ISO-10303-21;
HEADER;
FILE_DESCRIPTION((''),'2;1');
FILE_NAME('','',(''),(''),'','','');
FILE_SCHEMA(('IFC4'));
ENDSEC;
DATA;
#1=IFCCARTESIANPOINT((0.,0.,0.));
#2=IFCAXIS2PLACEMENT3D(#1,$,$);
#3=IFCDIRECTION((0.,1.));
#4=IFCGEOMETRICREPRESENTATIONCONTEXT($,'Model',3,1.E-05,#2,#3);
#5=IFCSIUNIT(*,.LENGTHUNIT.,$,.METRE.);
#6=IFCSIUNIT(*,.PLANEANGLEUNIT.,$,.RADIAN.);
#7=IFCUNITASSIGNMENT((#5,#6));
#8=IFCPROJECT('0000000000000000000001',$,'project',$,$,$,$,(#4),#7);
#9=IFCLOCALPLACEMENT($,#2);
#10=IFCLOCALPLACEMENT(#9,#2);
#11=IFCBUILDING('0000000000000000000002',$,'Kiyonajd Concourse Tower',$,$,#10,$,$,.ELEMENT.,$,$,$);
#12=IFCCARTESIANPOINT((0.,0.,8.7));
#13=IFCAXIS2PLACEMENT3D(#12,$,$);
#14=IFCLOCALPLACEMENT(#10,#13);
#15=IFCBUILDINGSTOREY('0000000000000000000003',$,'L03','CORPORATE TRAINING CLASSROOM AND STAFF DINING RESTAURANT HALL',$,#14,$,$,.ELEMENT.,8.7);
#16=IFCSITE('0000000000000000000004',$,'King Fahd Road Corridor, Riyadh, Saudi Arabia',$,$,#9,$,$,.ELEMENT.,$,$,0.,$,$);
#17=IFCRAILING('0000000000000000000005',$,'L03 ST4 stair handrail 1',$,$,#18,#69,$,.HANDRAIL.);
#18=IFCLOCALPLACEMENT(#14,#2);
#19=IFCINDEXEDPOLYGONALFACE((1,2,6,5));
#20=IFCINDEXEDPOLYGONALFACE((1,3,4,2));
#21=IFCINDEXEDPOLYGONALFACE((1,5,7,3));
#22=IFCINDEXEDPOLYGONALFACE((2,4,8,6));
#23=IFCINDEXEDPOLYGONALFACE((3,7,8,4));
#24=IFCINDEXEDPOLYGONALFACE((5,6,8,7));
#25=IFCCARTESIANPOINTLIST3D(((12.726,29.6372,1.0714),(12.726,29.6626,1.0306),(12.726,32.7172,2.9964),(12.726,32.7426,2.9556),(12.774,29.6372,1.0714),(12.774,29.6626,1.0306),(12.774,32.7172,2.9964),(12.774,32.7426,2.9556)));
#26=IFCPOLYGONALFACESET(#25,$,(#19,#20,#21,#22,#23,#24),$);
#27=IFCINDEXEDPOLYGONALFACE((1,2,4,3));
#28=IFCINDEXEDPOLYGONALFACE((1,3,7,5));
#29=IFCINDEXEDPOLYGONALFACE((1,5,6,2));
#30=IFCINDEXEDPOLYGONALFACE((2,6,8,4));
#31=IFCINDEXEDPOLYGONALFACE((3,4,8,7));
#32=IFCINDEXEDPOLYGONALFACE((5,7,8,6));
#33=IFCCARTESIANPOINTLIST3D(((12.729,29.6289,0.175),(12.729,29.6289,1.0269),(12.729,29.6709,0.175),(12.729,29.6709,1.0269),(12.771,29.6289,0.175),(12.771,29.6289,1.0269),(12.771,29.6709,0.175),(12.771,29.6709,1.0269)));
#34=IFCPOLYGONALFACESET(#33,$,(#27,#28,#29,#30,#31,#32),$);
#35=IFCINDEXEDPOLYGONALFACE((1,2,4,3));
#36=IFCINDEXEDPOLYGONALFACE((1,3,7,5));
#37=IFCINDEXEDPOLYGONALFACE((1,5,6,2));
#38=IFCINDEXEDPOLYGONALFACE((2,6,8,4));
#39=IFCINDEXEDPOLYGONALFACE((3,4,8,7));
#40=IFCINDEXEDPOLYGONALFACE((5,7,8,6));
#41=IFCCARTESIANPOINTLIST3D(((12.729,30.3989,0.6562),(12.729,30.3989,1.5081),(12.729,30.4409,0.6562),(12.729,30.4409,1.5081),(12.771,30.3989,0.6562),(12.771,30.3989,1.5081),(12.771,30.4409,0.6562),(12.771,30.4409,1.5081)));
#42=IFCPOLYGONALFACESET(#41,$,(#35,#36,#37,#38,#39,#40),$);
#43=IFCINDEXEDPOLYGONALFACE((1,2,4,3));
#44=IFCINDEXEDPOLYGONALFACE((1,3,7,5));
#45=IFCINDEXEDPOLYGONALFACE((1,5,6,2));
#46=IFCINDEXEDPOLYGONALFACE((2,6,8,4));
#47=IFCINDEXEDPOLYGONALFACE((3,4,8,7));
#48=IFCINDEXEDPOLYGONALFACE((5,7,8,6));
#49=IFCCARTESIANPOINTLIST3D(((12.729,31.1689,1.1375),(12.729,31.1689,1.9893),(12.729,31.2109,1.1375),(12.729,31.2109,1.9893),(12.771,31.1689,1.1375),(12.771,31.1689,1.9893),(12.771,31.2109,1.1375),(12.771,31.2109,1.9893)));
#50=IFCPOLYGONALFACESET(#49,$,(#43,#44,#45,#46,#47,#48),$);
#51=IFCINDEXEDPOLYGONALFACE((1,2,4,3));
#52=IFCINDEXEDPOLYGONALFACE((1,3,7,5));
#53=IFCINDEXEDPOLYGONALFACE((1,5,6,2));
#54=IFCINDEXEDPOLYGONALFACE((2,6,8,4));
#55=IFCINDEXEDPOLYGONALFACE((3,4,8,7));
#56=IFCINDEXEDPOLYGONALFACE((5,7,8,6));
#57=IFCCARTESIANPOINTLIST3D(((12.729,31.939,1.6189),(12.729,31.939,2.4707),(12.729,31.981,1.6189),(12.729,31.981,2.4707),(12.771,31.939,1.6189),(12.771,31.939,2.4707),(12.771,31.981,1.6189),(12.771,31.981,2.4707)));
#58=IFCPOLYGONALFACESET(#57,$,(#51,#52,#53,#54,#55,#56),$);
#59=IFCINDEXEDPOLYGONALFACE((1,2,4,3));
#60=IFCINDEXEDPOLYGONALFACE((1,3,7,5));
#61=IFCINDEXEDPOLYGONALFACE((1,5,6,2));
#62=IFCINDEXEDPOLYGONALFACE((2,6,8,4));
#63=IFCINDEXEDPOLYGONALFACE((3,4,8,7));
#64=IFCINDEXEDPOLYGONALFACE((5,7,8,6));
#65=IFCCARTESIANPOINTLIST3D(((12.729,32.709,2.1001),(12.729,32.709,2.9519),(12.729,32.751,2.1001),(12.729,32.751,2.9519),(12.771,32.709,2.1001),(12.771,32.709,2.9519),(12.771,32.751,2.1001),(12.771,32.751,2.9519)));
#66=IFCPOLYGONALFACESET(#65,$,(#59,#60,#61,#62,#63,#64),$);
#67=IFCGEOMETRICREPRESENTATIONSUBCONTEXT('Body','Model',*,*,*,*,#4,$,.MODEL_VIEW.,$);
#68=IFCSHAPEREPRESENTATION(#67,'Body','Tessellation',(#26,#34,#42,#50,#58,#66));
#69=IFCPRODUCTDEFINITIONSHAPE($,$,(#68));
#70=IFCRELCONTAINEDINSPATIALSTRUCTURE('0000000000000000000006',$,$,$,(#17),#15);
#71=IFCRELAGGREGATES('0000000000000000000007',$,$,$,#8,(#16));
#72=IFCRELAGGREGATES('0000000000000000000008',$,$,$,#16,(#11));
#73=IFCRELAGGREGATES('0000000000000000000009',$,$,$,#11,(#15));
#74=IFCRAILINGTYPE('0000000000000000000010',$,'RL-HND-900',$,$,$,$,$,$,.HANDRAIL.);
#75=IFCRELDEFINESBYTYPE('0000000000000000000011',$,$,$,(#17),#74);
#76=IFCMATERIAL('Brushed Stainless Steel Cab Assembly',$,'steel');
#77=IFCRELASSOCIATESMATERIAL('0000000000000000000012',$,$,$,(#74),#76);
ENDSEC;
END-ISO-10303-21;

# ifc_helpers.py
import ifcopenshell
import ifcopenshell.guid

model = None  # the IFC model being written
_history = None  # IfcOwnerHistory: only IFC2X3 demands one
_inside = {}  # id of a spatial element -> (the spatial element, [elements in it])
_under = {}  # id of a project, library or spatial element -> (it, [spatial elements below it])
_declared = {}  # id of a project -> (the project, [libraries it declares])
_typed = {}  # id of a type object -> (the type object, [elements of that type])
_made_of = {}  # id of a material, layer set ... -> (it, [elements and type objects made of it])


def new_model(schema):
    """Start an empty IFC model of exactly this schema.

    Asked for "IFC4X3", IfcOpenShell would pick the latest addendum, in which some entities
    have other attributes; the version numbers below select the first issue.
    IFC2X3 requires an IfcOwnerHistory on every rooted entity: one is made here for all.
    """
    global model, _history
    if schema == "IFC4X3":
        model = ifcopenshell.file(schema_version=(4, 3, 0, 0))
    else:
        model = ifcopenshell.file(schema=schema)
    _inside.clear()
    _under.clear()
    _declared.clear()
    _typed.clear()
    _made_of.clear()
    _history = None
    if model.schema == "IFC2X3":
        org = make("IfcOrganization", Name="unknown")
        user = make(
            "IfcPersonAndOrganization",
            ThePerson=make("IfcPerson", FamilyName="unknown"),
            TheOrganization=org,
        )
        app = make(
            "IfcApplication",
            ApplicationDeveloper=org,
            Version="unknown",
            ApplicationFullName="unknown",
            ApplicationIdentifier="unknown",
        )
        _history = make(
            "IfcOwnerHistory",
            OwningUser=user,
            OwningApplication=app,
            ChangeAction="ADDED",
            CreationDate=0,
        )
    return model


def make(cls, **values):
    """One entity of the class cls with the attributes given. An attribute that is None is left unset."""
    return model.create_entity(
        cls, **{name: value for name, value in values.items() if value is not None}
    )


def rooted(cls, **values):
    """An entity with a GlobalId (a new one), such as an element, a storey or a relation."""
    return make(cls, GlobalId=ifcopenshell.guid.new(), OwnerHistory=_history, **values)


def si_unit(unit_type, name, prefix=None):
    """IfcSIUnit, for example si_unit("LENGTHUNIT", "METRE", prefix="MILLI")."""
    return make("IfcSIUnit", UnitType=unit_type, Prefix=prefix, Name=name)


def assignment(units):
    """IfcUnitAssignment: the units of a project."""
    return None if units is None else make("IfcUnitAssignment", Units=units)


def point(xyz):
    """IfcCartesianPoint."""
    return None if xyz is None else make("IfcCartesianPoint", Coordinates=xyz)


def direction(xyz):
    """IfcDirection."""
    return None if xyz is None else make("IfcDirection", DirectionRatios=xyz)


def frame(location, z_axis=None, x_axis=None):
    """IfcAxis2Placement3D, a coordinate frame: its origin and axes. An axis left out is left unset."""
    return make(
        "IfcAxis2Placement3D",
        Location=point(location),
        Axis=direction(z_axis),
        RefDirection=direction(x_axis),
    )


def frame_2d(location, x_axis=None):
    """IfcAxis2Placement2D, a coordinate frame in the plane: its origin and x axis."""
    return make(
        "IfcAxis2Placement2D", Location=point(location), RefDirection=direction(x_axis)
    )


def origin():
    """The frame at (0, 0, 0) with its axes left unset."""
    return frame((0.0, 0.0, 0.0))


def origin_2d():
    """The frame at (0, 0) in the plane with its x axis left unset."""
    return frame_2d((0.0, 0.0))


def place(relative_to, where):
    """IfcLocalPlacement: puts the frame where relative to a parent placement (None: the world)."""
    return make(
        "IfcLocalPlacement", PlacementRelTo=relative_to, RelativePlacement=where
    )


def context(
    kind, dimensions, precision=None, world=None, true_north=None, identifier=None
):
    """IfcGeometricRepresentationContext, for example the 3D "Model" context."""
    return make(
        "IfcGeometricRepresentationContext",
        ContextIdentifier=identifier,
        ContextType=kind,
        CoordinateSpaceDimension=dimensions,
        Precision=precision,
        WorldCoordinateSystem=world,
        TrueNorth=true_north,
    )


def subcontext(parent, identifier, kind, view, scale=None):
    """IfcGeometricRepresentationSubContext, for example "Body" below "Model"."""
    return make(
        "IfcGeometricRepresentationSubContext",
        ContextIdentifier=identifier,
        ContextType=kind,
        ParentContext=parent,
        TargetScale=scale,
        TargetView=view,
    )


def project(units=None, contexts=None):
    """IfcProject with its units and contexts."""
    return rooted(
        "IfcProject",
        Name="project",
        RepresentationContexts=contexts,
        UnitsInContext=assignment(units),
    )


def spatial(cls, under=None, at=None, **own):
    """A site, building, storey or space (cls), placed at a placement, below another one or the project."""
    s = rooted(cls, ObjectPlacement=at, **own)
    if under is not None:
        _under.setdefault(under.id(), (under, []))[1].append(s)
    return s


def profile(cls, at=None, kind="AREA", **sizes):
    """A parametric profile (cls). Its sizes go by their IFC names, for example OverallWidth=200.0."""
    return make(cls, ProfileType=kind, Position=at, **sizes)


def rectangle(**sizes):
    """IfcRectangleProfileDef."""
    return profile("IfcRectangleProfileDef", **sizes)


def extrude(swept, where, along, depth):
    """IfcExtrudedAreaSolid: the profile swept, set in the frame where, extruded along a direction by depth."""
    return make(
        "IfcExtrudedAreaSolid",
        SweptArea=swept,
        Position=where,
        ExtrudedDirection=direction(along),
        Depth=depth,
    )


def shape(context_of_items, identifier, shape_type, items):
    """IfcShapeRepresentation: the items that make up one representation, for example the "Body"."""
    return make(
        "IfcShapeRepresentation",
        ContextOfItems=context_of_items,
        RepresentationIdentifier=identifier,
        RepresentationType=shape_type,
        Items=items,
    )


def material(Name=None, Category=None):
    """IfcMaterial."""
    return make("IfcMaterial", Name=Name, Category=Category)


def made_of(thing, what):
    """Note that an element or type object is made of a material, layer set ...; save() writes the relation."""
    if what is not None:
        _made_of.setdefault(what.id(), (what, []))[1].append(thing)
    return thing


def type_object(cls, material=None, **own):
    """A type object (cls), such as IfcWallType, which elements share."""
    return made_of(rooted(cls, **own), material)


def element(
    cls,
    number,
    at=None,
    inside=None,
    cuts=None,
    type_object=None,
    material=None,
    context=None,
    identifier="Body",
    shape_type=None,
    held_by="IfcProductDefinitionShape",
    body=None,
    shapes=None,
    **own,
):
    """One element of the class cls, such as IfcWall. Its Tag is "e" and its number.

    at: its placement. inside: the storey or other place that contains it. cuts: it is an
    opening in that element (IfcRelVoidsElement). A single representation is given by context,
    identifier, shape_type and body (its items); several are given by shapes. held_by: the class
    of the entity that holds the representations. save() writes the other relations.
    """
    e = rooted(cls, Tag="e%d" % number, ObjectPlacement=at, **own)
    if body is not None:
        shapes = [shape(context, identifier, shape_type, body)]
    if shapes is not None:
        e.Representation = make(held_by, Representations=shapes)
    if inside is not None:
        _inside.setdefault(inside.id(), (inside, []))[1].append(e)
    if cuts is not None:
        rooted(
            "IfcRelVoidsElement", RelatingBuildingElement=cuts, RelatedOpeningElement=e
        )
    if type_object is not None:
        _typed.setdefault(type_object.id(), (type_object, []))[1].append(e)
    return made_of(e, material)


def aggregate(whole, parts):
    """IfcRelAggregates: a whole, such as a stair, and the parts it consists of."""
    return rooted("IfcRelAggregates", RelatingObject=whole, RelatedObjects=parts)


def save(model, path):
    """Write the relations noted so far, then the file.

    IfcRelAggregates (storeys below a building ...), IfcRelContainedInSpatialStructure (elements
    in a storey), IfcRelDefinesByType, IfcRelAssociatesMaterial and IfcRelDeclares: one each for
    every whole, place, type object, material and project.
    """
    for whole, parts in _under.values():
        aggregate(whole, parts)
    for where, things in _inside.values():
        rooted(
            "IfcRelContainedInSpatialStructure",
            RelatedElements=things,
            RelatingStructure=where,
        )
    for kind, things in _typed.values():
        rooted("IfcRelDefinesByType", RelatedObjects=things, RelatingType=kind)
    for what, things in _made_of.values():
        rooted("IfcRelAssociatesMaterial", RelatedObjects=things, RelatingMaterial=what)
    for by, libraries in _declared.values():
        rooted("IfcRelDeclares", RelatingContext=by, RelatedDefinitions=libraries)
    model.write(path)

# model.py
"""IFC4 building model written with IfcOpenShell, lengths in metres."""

from ifc_helpers import new_model, si_unit, direction, frame, origin, origin_2d, place, context, subcontext, project, spatial, rectangle, extrude, material, type_object, element, save


model = new_model("IFC4")

# Units and contexts
model_context = context("Model", 3, precision=1e-05, world=origin(), true_north=direction((0.0, 1.0)))
body_context = subcontext(model_context, "Body", "Model", "MODEL_VIEW")
ifc_project = project(units=[si_unit("LENGTHUNIT", "METRE"), si_unit("PLANEANGLEUNIT", "RADIAN")], contexts=[model_context])

# Site, building, storey
site_placement = place(None, origin())
site = spatial("IfcSite", under=ifc_project, at=site_placement, Name="King Fahd Road Corridor, Riyadh, Saudi Arabia", CompositionType="ELEMENT", RefElevation=0.0)
building_placement = place(site_placement, origin())
building = spatial("IfcBuilding", under=site, at=building_placement, Name="Kiyonajd Concourse Tower", CompositionType="ELEMENT")
storey_placement = place(building_placement, frame((0.0, 0.0, 8.7)))
storey = spatial("IfcBuildingStorey", under=building, at=storey_placement, Name="L03", Description="CORPORATE TRAINING CLASSROOM AND STAFF DINING RESTAURANT HALL", CompositionType="ELEMENT", Elevation=8.7)

# Shared definitions
ifc_material_1 = material(Name="Brushed Stainless Steel Cab Assembly", Category="steel")

# Railing
railing_type_1 = type_object("IfcRailingType", Name="RL-HND-900", PredefinedType="HANDRAIL", material=ifc_material_1)
railing_1_placement = place(storey_placement, frame((12.75, 29.6499, 0.175)))
element("IfcRailing", 1, at=railing_1_placement, inside=storey, type_object=railing_type_1, Name="L03 ST4 stair handrail 1", PredefinedType="HANDRAIL", context=body_context, shape_type="SweptSolid", body=[
    extrude(rectangle(XDim=0.0481, YDim=0.0481, at=origin_2d()), frame((0.0, 0.0, 0.876), z_axis=(0.0, 0.847998, 0.529999), x_axis=(-1.0, 0.0, 0.0)), (0.0, 0.0, 1.0), 3.6321),
    extrude(rectangle(XDim=0.042, YDim=0.042, at=origin_2d()), origin(), (0.0, 0.0, 1.0), 0.8518),
    extrude(rectangle(XDim=0.042, YDim=0.042, at=origin_2d()), frame((0.0, 0.77, 0.4812)), (0.0, 0.0, 1.0), 0.8518),
    extrude(rectangle(XDim=0.042, YDim=0.042, at=origin_2d()), frame((0.0, 1.54, 0.9624)), (0.0, 0.0, 1.0), 0.8518),
    extrude(rectangle(XDim=0.042, YDim=0.042, at=origin_2d()), frame((0.0, 2.3101, 1.4438)), (0.0, 0.0, 1.0), 0.8518),
    extrude(rectangle(XDim=0.042, YDim=0.042, at=origin_2d()), frame((0.0, 3.0801, 1.925)), (0.0, 0.0, 1.0), 0.8518),
])

save(model, "model.ifc")
